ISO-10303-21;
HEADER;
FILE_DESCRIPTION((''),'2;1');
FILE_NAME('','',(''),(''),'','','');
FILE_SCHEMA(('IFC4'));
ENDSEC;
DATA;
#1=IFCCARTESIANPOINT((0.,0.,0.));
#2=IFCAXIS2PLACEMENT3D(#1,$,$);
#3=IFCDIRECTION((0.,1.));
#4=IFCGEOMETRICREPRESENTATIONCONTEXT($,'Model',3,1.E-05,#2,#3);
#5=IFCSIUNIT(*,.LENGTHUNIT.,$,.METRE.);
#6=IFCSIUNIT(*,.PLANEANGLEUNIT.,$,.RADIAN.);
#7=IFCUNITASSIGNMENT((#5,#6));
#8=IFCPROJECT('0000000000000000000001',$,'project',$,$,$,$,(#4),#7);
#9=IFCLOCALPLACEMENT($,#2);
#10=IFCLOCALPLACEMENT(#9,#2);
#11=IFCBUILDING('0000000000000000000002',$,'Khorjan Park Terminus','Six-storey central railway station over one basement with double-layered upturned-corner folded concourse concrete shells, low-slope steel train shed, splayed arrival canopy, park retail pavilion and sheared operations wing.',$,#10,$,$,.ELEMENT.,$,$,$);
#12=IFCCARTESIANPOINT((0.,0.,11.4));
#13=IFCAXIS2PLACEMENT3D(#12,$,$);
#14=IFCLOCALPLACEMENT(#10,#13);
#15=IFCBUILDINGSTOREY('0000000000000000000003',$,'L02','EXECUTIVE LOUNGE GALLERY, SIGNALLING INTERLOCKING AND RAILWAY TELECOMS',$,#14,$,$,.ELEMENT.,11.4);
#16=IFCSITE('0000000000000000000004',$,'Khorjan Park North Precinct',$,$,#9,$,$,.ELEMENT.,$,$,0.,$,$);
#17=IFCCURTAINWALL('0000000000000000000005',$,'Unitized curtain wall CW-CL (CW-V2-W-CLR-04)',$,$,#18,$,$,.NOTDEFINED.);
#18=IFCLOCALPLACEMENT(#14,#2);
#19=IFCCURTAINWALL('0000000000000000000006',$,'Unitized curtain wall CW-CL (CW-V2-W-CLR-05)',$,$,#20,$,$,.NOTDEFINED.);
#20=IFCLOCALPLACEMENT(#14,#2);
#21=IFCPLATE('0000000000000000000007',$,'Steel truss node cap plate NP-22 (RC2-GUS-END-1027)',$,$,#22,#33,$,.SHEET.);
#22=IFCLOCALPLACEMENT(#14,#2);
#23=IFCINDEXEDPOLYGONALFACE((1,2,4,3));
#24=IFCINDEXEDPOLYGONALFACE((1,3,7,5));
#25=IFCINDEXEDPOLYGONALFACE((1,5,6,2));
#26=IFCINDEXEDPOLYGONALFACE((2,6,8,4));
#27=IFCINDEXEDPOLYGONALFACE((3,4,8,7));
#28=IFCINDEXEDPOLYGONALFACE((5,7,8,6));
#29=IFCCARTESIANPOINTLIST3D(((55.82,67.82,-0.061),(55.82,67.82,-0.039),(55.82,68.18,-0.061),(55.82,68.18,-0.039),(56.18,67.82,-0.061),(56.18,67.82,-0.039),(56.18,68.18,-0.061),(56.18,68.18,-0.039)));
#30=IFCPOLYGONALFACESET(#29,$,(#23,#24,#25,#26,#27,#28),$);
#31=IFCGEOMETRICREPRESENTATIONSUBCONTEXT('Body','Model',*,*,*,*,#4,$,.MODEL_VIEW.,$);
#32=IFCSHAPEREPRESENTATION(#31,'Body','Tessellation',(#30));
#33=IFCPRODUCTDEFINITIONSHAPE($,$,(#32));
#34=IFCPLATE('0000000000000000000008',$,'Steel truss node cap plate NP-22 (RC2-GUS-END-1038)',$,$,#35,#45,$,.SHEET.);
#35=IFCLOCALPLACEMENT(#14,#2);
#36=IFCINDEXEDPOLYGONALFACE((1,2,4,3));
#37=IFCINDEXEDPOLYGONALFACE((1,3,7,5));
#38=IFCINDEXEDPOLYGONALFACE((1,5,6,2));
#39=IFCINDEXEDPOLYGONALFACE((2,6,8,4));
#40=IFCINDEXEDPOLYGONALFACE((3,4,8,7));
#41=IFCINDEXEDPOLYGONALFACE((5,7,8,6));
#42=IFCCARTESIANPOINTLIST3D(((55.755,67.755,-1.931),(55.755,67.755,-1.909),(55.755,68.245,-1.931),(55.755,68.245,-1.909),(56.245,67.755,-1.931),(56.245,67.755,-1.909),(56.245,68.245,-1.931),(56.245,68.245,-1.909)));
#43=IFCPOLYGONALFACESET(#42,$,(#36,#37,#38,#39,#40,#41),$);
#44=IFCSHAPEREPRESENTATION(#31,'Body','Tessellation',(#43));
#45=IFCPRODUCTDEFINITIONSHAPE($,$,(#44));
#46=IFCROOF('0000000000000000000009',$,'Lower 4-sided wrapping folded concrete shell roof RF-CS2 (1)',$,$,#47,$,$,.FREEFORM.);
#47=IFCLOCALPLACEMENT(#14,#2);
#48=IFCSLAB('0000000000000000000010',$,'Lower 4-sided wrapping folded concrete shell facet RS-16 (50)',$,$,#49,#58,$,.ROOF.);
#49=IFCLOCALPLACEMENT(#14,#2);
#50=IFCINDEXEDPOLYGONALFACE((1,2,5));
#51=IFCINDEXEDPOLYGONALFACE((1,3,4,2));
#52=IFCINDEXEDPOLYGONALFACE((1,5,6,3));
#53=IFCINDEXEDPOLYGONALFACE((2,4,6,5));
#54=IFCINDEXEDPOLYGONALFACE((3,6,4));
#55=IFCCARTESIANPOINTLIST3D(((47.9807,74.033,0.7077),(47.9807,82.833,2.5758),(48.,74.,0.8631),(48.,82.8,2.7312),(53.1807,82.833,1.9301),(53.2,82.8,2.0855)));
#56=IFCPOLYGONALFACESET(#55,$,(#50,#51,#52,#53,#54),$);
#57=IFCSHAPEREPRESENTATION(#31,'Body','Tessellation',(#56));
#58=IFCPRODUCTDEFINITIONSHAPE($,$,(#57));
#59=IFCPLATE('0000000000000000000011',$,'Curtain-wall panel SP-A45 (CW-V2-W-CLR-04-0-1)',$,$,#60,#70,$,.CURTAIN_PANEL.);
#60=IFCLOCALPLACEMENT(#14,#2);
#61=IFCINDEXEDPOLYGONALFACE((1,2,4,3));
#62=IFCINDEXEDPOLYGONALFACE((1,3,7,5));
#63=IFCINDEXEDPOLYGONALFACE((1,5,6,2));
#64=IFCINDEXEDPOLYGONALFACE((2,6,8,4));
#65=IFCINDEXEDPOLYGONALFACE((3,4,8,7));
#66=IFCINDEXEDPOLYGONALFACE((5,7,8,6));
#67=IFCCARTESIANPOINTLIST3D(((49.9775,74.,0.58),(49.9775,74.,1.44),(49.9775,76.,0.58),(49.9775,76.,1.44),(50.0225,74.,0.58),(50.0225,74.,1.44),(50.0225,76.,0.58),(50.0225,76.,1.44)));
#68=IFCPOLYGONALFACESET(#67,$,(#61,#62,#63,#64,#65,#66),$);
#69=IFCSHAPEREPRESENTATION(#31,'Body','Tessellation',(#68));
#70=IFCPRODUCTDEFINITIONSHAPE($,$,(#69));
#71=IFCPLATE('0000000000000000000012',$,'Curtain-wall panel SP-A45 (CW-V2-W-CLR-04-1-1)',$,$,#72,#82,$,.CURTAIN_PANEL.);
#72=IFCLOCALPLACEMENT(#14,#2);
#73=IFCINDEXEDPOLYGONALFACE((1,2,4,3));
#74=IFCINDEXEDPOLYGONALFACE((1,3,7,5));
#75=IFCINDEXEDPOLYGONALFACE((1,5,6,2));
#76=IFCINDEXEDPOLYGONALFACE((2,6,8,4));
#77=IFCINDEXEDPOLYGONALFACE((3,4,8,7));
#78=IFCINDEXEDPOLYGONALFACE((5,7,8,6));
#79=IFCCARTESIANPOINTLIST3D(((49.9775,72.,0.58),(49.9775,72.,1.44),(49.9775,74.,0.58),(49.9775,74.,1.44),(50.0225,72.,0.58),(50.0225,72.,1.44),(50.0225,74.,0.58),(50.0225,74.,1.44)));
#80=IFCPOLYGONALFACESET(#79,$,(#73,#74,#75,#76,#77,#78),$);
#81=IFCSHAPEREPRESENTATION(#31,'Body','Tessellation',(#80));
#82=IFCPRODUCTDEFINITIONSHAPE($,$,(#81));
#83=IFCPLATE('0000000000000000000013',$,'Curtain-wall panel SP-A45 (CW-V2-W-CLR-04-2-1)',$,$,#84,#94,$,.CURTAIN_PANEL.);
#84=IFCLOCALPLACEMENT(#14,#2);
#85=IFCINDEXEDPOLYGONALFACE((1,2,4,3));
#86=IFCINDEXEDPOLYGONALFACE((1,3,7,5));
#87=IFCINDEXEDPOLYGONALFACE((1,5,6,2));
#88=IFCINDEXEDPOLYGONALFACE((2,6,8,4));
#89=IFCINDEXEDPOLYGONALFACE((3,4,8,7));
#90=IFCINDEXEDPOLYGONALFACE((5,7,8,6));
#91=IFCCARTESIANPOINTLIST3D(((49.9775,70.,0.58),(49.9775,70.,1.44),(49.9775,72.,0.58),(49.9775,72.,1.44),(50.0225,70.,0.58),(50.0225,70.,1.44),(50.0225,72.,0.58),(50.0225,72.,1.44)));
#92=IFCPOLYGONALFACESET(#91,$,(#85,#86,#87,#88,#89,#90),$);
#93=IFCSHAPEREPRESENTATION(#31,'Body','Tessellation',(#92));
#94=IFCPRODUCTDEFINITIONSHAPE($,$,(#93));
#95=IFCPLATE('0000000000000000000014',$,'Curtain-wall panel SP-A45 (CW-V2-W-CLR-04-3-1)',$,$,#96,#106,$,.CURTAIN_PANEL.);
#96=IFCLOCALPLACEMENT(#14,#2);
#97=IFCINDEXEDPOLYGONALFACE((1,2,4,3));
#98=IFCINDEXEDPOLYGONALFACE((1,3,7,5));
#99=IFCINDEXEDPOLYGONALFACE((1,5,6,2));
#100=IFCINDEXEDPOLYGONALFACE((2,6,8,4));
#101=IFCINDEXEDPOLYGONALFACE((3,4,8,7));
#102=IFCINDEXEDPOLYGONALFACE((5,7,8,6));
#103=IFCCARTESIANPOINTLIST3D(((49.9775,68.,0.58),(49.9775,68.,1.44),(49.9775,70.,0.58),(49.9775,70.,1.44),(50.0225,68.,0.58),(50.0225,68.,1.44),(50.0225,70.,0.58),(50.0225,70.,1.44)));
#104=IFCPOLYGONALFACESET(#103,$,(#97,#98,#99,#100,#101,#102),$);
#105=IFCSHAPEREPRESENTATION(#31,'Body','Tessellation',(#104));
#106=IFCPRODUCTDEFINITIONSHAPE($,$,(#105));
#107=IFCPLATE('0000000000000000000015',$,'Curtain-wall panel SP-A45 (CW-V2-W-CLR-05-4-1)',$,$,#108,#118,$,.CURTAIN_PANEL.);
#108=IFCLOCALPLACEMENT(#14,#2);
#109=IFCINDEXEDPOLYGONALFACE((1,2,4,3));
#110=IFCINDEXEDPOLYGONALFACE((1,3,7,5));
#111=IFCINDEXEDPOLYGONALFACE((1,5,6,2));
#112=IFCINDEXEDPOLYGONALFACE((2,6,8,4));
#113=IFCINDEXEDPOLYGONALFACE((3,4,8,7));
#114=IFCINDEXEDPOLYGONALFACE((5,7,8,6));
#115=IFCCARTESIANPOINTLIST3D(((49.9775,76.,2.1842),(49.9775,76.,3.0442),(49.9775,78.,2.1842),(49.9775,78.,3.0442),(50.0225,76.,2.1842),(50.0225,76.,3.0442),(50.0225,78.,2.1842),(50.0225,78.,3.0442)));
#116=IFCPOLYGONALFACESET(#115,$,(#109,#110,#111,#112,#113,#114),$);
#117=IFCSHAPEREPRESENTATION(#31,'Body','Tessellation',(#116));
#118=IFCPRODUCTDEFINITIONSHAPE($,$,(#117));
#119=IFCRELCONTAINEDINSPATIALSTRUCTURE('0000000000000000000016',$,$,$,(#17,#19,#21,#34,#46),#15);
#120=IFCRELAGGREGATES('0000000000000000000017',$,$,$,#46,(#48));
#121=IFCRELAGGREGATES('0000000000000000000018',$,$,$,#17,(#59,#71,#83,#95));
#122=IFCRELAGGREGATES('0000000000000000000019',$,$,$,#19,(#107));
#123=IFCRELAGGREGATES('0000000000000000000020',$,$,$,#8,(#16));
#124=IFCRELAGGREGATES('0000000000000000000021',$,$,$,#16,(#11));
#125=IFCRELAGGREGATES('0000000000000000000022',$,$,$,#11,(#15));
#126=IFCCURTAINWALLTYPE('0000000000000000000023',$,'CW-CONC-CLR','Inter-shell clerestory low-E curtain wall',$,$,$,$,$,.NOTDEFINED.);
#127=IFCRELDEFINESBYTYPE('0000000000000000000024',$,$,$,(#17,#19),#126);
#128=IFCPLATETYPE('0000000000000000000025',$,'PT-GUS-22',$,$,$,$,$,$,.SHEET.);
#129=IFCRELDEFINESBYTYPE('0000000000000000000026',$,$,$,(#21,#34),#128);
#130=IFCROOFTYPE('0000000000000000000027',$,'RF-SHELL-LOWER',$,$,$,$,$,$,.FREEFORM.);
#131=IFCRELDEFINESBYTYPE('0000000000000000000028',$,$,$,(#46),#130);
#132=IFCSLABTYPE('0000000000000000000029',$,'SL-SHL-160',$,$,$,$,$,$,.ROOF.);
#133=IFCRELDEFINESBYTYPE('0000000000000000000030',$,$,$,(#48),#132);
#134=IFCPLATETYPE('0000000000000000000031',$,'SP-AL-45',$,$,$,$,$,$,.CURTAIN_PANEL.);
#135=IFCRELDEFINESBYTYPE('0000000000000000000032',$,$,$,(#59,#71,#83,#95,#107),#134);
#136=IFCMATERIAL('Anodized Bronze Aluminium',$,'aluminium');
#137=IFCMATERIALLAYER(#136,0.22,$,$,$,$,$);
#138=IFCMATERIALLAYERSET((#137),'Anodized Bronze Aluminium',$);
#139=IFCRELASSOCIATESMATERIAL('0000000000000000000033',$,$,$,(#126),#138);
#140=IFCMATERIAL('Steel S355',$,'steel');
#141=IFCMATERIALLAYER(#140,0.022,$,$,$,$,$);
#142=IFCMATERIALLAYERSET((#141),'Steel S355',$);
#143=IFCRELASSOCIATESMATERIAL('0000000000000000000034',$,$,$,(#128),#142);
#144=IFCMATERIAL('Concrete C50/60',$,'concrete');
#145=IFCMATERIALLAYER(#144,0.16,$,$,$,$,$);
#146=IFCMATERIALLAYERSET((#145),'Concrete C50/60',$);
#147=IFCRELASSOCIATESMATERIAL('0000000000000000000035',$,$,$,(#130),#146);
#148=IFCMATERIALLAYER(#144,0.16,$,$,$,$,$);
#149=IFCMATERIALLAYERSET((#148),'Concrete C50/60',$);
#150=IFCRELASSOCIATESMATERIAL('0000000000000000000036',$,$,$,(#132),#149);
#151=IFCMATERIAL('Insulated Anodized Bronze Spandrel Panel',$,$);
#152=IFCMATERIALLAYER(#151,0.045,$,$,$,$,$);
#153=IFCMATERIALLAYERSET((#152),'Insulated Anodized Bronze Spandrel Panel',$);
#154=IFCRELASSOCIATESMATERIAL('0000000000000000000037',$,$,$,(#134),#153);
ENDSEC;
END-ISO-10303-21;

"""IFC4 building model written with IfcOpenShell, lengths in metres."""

from ifc_helpers import new_model, si_unit, direction, frame, origin, origin_2d, place, context, subcontext, project, spatial, polyline, rectangle, outline, extrude, material, layer, layer_set, type_object, element, aggregate, save


model = new_model("IFC4")

# Units and contexts
model_context = context("Model", 3, precision=1e-05, world=origin(), true_north=direction((0.0, 1.0)))
body_context = subcontext(model_context, "Body", "Model", "MODEL_VIEW")
ifc_project = project(units=[si_unit("LENGTHUNIT", "METRE"), si_unit("PLANEANGLEUNIT", "RADIAN")], contexts=[model_context])

# Site, building, storey
site_placement = place(None, origin())
site = spatial("IfcSite", under=ifc_project, at=site_placement, Name="Khorjan Park North Precinct", CompositionType="ELEMENT", RefElevation=0.0)
building_placement = place(site_placement, origin())
building = spatial("IfcBuilding", under=site, at=building_placement, Name="Khorjan Park Terminus", Description="Six-storey central railway station over one basement with double-layered upturned-corner folded concourse concrete shells, low-slope steel train shed, splayed arrival canopy, park retail pavilion and sheared operations wing.", CompositionType="ELEMENT")
storey_placement = place(building_placement, frame((0.0, 0.0, 11.4)))
storey = spatial("IfcBuildingStorey", under=building, at=storey_placement, Name="L02", Description="EXECUTIVE LOUNGE GALLERY, SIGNALLING INTERLOCKING AND RAILWAY TELECOMS", CompositionType="ELEMENT", Elevation=11.4)

# Shared definitions
ifc_material_1 = material(Name="Steel S355", Category="steel")

# Curtain wall
ifc_material_2 = material(Name="Anodized Bronze Aluminium", Category="aluminium")
ifc_layer_1 = layer(ifc_material_2, 0.22)
ifc_layer_set_1 = layer_set([ifc_layer_1], Name="Anodized Bronze Aluminium")
curtain_wall_type = type_object("IfcCurtainWallType", Name="CW-CONC-CLR", Description="Inter-shell clerestory low-E curtain wall", PredefinedType="NOTDEFINED", material=ifc_layer_set_1)
curtain_wall_1_placement = place(storey_placement, origin())
curtain_wall_1 = element("IfcCurtainWall", 1, at=curtain_wall_1_placement, inside=storey, type_object=curtain_wall_type, Name="Unitized curtain wall CW-CL (CW-V2-W-CLR-04)", PredefinedType="NOTDEFINED")

# Curtain wall
curtain_wall_2_placement = place(storey_placement, origin())
curtain_wall_2 = element("IfcCurtainWall", 2, at=curtain_wall_2_placement, inside=storey, type_object=curtain_wall_type, Name="Unitized curtain wall CW-CL (CW-V2-W-CLR-05)", PredefinedType="NOTDEFINED")

# Plates
ifc_layer_2 = layer(ifc_material_1, 0.022)
ifc_layer_set_2 = layer_set([ifc_layer_2], Name="Steel S355")
plate_type_1 = type_object("IfcPlateType", Name="PT-GUS-22", PredefinedType="SHEET", material=ifc_layer_set_2)
plate_1_placement = place(storey_placement, frame((56.0, 68.0, -0.061), z_axis=(0.0, 0.0, 1.0), x_axis=(1.0, 0.0, 0.0)))
element("IfcPlate", 3, at=plate_1_placement, inside=storey, type_object=plate_type_1, Name="Steel truss node cap plate NP-22 (RC2-GUS-END-1027)", PredefinedType="SHEET", context=body_context, shape_type="SweptSolid", body=[
    extrude(rectangle(XDim=0.36, YDim=0.36, at=origin_2d()), origin(), (0.0, 0.0, 1.0), 0.022),
])
plate_2_placement = place(storey_placement, frame((56.0, 68.0, -1.931), z_axis=(0.0, 0.0, 1.0), x_axis=(1.0, 0.0, 0.0)))
element("IfcPlate", 4, at=plate_2_placement, inside=storey, type_object=plate_type_1, Name="Steel truss node cap plate NP-22 (RC2-GUS-END-1038)", PredefinedType="SHEET", context=body_context, shape_type="SweptSolid", body=[
    extrude(rectangle(XDim=0.49, YDim=0.49, at=origin_2d()), origin(), (0.0, 0.0, 1.0), 0.022),
])

# Roof, slab
ifc_material_3 = material(Name="Concrete C50/60", Category="concrete")
ifc_layer_3 = layer(ifc_material_3, 0.16)
ifc_layer_set_3 = layer_set([ifc_layer_3], Name="Concrete C50/60")
roof_type = type_object("IfcRoofType", Name="RF-SHELL-LOWER", PredefinedType="FREEFORM", material=ifc_layer_set_3)
roof_placement = place(storey_placement, origin())
roof = element("IfcRoof", 5, at=roof_placement, inside=storey, type_object=roof_type, Name="Lower 4-sided wrapping folded concrete shell roof RF-CS2 (1)", PredefinedType="FREEFORM")
ifc_layer_4 = layer(ifc_material_3, 0.16)
ifc_layer_set_4 = layer_set([ifc_layer_4], Name="Concrete C50/60")
slab_type = type_object("IfcSlabType", Name="SL-SHL-160", PredefinedType="ROOF", material=ifc_layer_set_4)
slab_placement = place(storey_placement, frame((48.0, 74.0, 0.8631), z_axis=(0.12058, -0.206142, 0.971064), x_axis=(0.50513, 0.854835, 0.118744)))
slab = element("IfcSlab", 6, at=slab_placement, type_object=slab_type, Name="Lower 4-sided wrapping folded concrete shell facet RS-16 (50)", PredefinedType="ROOF", context=body_context, shape_type="SweptSolid", body=[
    extrude(outline(polyline([(0.0, 0.0), (10.2944, 0.0), (7.7444, 4.5776), (0.0, 0.0)])), origin(), (0.0, 0.0, -1.0), 0.16),
])
aggregate(roof, [slab])

# Plates
ifc_material_4 = material(Name="Insulated Anodized Bronze Spandrel Panel")
ifc_layer_5 = layer(ifc_material_4, 0.045)
ifc_layer_set_5 = layer_set([ifc_layer_5], Name="Insulated Anodized Bronze Spandrel Panel")
plate_type_2 = type_object("IfcPlateType", Name="SP-AL-45", PredefinedType="CURTAIN_PANEL", material=ifc_layer_set_5)
plate_3_placement = place(storey_placement, frame((50.0, 75.0, 0.58), z_axis=(0.0, 0.0, 1.0), x_axis=(0.0, -1.0, 0.0)))
plate_3 = element("IfcPlate", 7, at=plate_3_placement, type_object=plate_type_2, Name="Curtain-wall panel SP-A45 (CW-V2-W-CLR-04-0-1)", PredefinedType="CURTAIN_PANEL", context=body_context, shape_type="SweptSolid", body=[
    extrude(rectangle(XDim=2.0, YDim=0.045, at=origin_2d()), origin(), (0.0, 0.0, 1.0), 0.86),
])
plate_4_placement = place(storey_placement, frame((50.0, 73.0, 0.58), z_axis=(0.0, 0.0, 1.0), x_axis=(0.0, -1.0, 0.0)))
plate_4 = element("IfcPlate", 8, at=plate_4_placement, type_object=plate_type_2, Name="Curtain-wall panel SP-A45 (CW-V2-W-CLR-04-1-1)", PredefinedType="CURTAIN_PANEL", context=body_context, shape_type="SweptSolid", body=[
    extrude(rectangle(XDim=2.0, YDim=0.045, at=origin_2d()), origin(), (0.0, 0.0, 1.0), 0.86),
])
plate_5_placement = place(storey_placement, frame((50.0, 71.0, 0.58), z_axis=(0.0, 0.0, 1.0), x_axis=(0.0, -1.0, 0.0)))
plate_5 = element("IfcPlate", 9, at=plate_5_placement, type_object=plate_type_2, Name="Curtain-wall panel SP-A45 (CW-V2-W-CLR-04-2-1)", PredefinedType="CURTAIN_PANEL", context=body_context, shape_type="SweptSolid", body=[
    extrude(rectangle(XDim=2.0, YDim=0.045, at=origin_2d()), origin(), (0.0, 0.0, 1.0), 0.86),
])
plate_6_placement = place(storey_placement, frame((50.0, 69.0, 0.58), z_axis=(0.0, 0.0, 1.0), x_axis=(0.0, -1.0, 0.0)))
plate_6 = element("IfcPlate", 10, at=plate_6_placement, type_object=plate_type_2, Name="Curtain-wall panel SP-A45 (CW-V2-W-CLR-04-3-1)", PredefinedType="CURTAIN_PANEL", context=body_context, shape_type="SweptSolid", body=[
    extrude(rectangle(XDim=2.0, YDim=0.045, at=origin_2d()), origin(), (0.0, 0.0, 1.0), 0.86),
])
aggregate(curtain_wall_1, [plate_3, plate_4, plate_5, plate_6])
plate_7_placement = place(storey_placement, frame((50.0, 77.0, 2.1842), z_axis=(0.0, 0.0, 1.0), x_axis=(0.0, -1.0, 0.0)))
plate_7 = element("IfcPlate", 11, at=plate_7_placement, type_object=plate_type_2, Name="Curtain-wall panel SP-A45 (CW-V2-W-CLR-05-4-1)", PredefinedType="CURTAIN_PANEL", context=body_context, shape_type="SweptSolid", body=[
    extrude(rectangle(XDim=2.0, YDim=0.045, at=origin_2d()), origin(), (0.0, 0.0, 1.0), 0.86),
])
aggregate(curtain_wall_2, [plate_7])

save(model, "model.ifc")
